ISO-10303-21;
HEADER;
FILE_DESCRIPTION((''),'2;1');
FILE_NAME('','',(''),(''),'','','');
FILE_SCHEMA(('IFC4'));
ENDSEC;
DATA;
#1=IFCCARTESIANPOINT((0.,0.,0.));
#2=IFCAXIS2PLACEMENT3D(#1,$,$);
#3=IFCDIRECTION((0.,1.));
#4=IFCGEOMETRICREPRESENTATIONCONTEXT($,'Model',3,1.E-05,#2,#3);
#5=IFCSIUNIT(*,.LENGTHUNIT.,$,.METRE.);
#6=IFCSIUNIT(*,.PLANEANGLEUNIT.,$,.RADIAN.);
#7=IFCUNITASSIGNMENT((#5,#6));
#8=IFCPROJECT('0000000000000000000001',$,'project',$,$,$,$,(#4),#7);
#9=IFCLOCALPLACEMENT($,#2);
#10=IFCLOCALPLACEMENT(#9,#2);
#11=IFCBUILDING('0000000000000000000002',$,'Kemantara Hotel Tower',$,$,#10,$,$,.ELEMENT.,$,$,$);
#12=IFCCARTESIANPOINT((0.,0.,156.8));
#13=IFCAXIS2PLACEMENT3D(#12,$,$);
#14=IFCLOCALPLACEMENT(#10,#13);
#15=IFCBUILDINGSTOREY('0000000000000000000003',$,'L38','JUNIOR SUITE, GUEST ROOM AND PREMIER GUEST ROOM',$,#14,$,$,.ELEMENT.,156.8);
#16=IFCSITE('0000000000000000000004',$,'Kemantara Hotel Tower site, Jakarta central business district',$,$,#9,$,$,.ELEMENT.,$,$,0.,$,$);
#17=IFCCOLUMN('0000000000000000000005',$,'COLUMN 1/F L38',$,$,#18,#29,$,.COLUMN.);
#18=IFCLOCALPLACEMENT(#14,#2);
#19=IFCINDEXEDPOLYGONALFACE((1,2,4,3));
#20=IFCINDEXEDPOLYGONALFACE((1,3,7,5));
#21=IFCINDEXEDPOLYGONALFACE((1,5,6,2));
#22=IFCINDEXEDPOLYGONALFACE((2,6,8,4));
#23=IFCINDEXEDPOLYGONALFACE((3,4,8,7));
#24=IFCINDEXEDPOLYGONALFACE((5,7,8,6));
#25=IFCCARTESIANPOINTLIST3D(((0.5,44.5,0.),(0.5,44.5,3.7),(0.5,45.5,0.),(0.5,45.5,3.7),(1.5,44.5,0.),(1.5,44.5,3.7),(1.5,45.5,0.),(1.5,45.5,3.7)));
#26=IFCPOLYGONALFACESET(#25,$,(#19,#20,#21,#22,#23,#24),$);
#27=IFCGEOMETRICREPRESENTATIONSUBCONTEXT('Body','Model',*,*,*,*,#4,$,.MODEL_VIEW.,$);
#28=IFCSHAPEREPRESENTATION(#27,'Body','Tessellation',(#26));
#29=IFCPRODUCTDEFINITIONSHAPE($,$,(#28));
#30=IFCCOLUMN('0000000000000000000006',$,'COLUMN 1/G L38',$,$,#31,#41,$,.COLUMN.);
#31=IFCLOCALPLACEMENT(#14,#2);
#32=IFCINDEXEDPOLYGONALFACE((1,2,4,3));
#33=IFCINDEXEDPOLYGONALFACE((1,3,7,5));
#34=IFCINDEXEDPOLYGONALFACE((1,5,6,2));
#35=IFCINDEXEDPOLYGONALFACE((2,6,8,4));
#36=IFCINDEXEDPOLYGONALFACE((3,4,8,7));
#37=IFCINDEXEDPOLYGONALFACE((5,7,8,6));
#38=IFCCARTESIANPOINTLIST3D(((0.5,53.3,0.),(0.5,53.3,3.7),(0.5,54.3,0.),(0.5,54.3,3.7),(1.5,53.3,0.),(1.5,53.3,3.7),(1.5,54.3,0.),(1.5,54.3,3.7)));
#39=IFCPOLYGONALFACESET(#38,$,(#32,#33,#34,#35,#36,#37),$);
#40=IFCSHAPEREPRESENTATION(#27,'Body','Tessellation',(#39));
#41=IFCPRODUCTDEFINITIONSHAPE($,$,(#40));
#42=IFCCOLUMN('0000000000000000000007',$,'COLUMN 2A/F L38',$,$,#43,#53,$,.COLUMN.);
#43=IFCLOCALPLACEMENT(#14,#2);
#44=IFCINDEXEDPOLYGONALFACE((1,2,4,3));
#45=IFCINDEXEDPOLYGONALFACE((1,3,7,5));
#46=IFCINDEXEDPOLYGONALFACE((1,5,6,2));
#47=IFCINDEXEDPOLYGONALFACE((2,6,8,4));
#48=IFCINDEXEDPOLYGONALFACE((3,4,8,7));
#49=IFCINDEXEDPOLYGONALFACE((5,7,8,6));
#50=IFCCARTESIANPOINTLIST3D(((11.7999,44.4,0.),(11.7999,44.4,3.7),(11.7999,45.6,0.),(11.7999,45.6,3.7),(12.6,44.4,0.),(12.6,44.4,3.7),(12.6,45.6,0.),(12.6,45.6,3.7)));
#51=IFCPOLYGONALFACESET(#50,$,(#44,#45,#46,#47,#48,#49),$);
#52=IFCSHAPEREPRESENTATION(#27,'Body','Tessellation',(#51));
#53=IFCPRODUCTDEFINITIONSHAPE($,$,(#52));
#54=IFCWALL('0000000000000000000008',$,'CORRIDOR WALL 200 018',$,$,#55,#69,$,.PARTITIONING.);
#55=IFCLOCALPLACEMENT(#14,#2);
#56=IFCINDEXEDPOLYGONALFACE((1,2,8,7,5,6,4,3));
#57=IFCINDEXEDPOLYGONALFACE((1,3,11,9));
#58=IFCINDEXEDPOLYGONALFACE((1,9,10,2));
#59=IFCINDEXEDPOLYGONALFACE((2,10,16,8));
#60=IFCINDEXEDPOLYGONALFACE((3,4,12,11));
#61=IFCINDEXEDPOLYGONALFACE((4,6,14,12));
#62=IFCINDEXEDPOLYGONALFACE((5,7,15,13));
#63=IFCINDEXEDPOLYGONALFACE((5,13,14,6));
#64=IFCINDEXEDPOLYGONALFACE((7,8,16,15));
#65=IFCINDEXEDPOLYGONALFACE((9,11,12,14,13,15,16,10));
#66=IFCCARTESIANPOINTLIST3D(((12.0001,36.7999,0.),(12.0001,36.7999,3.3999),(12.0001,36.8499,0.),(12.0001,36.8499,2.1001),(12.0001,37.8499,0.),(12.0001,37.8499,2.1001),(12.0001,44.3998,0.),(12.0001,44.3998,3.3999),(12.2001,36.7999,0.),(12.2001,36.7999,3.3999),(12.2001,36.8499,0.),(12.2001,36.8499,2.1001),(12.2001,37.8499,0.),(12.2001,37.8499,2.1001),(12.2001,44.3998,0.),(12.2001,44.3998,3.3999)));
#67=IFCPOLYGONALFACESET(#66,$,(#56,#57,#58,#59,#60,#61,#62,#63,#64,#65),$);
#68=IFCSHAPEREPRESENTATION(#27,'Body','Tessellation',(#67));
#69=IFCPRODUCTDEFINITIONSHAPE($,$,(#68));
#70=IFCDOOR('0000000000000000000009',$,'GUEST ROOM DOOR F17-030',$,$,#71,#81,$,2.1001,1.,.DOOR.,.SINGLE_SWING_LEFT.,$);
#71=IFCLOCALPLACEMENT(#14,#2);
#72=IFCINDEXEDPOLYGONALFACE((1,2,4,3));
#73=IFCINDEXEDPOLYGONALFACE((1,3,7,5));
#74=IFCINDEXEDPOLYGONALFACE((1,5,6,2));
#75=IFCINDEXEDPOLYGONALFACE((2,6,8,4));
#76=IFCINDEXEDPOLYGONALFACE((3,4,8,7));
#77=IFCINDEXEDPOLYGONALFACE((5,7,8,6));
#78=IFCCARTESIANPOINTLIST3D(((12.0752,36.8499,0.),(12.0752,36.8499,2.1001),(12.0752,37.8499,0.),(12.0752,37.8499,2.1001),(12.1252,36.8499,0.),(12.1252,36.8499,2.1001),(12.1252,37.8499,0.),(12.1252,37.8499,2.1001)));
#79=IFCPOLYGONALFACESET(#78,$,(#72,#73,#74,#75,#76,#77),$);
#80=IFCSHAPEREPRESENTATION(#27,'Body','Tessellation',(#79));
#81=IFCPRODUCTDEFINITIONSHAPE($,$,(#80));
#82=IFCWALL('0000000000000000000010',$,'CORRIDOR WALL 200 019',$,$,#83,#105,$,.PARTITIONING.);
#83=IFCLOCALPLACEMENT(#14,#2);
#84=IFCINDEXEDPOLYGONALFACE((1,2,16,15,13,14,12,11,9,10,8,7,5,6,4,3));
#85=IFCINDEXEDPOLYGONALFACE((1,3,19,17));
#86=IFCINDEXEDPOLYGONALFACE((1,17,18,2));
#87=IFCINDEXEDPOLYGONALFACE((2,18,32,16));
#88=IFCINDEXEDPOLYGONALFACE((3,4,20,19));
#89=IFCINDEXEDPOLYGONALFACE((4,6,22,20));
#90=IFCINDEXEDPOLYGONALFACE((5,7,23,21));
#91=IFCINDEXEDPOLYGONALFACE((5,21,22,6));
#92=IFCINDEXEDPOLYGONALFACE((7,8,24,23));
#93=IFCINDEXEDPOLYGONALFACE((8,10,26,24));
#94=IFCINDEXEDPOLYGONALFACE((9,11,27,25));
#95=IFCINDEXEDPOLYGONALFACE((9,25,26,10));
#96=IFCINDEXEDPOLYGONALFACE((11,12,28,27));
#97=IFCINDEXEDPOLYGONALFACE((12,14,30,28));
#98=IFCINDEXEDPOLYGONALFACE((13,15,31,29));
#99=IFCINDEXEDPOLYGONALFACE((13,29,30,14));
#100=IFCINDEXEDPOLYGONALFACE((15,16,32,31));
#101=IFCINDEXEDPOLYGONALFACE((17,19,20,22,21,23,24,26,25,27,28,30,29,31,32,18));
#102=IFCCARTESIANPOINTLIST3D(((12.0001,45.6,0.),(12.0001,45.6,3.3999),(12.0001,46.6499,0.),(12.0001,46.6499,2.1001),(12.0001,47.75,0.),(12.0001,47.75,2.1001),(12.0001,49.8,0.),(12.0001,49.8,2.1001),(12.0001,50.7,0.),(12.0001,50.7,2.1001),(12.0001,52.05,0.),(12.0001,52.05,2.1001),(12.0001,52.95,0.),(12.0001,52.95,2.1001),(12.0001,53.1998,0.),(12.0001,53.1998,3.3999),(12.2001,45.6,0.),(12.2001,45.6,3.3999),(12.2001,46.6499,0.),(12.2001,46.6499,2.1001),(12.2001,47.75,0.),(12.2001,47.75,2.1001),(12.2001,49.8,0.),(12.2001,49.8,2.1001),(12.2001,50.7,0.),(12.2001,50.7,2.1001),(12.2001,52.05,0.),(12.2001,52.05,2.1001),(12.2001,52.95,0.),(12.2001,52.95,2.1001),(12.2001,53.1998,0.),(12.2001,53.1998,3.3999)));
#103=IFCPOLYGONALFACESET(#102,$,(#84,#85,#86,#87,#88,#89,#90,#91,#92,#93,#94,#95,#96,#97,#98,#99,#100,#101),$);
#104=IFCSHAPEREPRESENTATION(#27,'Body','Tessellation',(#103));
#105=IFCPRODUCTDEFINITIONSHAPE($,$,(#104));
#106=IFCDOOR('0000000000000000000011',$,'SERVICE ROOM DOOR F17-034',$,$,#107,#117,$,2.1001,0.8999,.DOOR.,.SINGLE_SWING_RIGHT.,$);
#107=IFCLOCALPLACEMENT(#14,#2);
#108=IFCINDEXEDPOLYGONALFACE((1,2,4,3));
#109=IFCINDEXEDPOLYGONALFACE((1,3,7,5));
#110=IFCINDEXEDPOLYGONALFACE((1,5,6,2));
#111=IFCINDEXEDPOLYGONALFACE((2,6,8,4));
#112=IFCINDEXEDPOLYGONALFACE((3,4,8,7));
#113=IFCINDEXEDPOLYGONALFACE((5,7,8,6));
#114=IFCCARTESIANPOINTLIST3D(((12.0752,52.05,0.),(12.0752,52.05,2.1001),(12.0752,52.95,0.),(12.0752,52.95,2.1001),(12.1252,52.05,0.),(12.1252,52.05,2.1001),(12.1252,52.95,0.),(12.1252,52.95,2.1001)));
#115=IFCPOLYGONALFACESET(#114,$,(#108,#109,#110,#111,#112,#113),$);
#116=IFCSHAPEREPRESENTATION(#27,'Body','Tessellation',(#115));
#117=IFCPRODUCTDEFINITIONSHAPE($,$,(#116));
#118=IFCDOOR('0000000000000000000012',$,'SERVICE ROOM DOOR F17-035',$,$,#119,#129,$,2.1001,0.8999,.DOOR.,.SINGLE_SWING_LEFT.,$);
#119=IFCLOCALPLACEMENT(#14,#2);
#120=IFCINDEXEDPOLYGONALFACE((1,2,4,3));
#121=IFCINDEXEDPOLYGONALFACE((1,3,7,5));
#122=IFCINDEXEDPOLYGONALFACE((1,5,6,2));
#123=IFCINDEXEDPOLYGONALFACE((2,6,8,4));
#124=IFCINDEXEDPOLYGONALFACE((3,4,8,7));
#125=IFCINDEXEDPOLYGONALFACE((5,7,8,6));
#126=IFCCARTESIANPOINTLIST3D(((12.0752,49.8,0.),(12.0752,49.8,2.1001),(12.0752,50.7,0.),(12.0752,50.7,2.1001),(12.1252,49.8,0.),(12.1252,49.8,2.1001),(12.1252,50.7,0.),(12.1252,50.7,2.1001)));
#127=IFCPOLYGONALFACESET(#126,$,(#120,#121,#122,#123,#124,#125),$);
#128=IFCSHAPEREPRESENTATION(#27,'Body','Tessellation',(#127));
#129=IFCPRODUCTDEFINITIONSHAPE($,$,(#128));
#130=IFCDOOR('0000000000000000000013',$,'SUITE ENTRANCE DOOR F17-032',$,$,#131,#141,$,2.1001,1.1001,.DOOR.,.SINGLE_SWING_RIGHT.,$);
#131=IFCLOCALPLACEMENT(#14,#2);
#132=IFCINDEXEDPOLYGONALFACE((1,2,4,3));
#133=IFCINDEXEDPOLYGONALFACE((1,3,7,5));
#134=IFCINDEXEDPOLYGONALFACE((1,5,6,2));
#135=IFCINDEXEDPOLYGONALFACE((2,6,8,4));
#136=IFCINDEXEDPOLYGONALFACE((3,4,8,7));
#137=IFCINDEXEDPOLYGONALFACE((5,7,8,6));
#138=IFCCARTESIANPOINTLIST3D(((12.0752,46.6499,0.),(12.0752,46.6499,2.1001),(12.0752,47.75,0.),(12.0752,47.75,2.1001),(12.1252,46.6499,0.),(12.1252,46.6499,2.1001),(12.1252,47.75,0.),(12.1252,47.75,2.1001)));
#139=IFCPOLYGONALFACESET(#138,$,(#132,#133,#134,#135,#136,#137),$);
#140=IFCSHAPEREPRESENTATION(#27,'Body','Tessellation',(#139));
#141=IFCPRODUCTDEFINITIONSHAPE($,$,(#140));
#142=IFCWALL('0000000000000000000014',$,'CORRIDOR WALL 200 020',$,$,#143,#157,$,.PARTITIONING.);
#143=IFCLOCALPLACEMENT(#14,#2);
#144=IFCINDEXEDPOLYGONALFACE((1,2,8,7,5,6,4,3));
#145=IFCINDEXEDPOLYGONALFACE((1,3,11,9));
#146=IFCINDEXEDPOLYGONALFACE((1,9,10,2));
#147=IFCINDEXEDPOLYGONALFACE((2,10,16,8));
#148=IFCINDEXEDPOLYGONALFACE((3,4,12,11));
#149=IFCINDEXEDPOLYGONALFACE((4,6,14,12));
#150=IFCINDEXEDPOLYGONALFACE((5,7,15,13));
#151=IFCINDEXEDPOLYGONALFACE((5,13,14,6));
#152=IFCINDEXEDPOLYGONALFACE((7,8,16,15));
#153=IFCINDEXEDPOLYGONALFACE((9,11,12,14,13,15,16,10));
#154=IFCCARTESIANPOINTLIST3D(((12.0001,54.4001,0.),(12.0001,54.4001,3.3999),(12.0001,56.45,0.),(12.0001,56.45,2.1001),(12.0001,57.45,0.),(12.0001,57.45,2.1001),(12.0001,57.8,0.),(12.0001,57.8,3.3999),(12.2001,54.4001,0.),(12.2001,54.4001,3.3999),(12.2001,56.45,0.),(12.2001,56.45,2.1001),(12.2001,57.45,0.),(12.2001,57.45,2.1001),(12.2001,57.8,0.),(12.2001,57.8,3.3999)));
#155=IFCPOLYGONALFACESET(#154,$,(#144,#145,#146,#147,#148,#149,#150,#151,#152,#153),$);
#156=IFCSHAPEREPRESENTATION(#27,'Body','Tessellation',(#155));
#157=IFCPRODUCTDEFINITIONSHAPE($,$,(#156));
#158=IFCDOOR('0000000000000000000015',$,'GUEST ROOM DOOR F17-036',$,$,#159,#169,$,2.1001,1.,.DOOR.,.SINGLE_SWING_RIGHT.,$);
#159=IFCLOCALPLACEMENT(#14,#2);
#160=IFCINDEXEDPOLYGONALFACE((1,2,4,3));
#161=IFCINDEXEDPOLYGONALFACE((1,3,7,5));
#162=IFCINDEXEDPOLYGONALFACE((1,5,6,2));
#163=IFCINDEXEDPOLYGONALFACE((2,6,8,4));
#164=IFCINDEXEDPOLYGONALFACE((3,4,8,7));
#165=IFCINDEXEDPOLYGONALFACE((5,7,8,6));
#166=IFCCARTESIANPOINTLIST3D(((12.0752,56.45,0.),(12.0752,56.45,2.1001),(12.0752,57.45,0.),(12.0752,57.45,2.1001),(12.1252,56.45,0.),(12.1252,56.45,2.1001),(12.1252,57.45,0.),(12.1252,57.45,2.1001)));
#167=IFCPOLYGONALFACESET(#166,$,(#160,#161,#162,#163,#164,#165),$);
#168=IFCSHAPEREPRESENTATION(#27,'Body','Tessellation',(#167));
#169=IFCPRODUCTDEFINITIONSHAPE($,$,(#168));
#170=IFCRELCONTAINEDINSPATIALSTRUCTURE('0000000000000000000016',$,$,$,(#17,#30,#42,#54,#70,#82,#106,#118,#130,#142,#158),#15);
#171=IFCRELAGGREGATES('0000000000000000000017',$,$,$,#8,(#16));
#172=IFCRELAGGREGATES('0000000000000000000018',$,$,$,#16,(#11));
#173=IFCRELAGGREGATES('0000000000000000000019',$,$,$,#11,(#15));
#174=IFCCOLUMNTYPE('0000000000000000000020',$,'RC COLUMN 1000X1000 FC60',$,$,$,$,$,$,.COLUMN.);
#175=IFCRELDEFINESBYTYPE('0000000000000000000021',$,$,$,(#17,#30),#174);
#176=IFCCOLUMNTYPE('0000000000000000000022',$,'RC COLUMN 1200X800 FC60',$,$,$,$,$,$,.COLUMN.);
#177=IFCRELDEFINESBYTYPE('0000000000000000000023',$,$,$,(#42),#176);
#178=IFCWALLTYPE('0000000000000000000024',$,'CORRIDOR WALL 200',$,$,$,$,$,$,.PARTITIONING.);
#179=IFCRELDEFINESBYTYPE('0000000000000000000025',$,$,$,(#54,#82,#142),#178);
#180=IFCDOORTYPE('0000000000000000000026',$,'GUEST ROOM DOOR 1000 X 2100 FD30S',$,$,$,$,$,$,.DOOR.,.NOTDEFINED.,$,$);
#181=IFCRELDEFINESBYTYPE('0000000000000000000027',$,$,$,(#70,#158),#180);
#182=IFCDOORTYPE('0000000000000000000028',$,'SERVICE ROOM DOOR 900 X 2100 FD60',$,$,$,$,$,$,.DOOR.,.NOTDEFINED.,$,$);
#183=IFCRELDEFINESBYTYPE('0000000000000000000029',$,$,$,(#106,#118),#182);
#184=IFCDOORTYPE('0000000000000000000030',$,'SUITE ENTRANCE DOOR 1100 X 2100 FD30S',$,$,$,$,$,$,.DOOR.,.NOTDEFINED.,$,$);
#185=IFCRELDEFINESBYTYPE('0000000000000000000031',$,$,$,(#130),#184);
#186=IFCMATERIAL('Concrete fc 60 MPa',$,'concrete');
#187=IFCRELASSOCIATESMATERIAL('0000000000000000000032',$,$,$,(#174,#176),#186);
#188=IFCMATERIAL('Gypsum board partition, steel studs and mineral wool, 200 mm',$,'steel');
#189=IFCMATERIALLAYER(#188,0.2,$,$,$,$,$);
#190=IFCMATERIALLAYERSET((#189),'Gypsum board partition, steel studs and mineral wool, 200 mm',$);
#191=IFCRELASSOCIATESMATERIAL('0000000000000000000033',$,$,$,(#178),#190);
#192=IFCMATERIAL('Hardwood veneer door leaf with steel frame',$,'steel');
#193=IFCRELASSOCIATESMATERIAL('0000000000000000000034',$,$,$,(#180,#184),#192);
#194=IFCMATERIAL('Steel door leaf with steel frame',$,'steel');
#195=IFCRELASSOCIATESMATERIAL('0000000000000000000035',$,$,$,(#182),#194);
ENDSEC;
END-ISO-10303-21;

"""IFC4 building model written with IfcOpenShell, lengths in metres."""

from ifc_helpers import new_model, si_unit, direction, frame, frame_2d, origin, origin_2d, place, context, subcontext, project, spatial, rectangle, extrude, material, layer, layer_set, material_profile, profile_set, type_object, element, fill, save


model = new_model("IFC4")

# Units and contexts
model_context = context("Model", 3, precision=1e-05, world=origin(), true_north=direction((0.0, 1.0)))
body_context = subcontext(model_context, "Body", "Model", "MODEL_VIEW")
ifc_project = project(units=[si_unit("LENGTHUNIT", "METRE"), si_unit("PLANEANGLEUNIT", "RADIAN")], contexts=[model_context])

# Site, building, storey
site_placement = place(None, origin())
site = spatial("IfcSite", under=ifc_project, at=site_placement, Name="Kemantara Hotel Tower site, Jakarta central business district", CompositionType="ELEMENT", RefElevation=0.0)
building_placement = place(site_placement, origin())
building = spatial("IfcBuilding", under=site, at=building_placement, Name="Kemantara Hotel Tower", CompositionType="ELEMENT")
storey_placement = place(building_placement, frame((0.0, 0.0, 156.8)))
storey = spatial("IfcBuildingStorey", under=building, at=storey_placement, Name="L38", Description="JUNIOR SUITE, GUEST ROOM AND PREMIER GUEST ROOM", CompositionType="ELEMENT", Elevation=156.8)

# Columns
ifc_material_1 = material(Name="Concrete fc 60 MPa", Category="concrete")
ifc_material_profile_1 = material_profile(ifc_material_1, rectangle(XDim=1.0, YDim=1.0, at=origin_2d()), Name="RC 1000X1000")
ifc_profile_set_1 = profile_set([ifc_material_profile_1], Name="Concrete fc 60 MPa")
column_type_1 = type_object("IfcColumnType", Name="RC COLUMN 1000X1000 FC60", PredefinedType="COLUMN", material=ifc_profile_set_1)
for number, where, z_axis, x_axis, name in (
    (1, (1.0, 45.0, 0.0), (0.0, 0.0, 1.0), (1.0, 0.0, 0.0), "COLUMN 1/F L38"),
    (2, (1.0, 53.8, 0.0), (0.0, 0.0, 1.0), (1.0, 0.0, 0.0), "COLUMN 1/G L38"),
):
    element("IfcColumn", number, at=place(storey_placement, frame(where, z_axis=z_axis, x_axis=x_axis)), inside=storey, type_object=column_type_1, Name=name, PredefinedType="COLUMN", context=body_context, shape_type="SweptSolid", body=[
        extrude(rectangle(XDim=1.0, YDim=1.0, at=origin_2d()), origin(), (0.0, 0.0, 1.0), 3.7),
    ])
ifc_material_profile_2 = material_profile(ifc_material_1, rectangle(XDim=1.2, YDim=0.8, at=origin_2d()), Name="RC 1200X800")
ifc_profile_set_2 = profile_set([ifc_material_profile_2], Name="Concrete fc 60 MPa")
column_type_2 = type_object("IfcColumnType", Name="RC COLUMN 1200X800 FC60", PredefinedType="COLUMN", material=ifc_profile_set_2)
column_placement = place(storey_placement, frame((12.2, 45.0, 0.0), z_axis=(0.0, 0.0, 1.0), x_axis=(0.0, 1.0, 0.0)))
element("IfcColumn", 3, at=column_placement, inside=storey, type_object=column_type_2, Name="COLUMN 2A/F L38", PredefinedType="COLUMN", context=body_context, shape_type="SweptSolid", body=[
    extrude(rectangle(XDim=1.2, YDim=0.8, at=origin_2d()), origin(), (0.0, 0.0, 1.0), 3.7),
])

# Wall, opening, door
ifc_material_2 = material(Name="Gypsum board partition, steel studs and mineral wool, 200 mm", Category="steel")
ifc_layer_1 = layer(ifc_material_2, 0.2)
ifc_layer_set_1 = layer_set([ifc_layer_1], Name="Gypsum board partition, steel studs and mineral wool, 200 mm")
wall_type_1 = type_object("IfcWallType", Name="CORRIDOR WALL 200", PredefinedType="PARTITIONING", material=ifc_layer_set_1)
wall_1_placement = place(storey_placement, frame((12.1001, 36.8, 0.0), z_axis=(0.0, 0.0, 1.0), x_axis=(0.0, 1.0, 0.0)))
wall_1 = element("IfcWall", 4, at=wall_1_placement, inside=storey, type_object=wall_type_1, Name="CORRIDOR WALL 200 018", PredefinedType="PARTITIONING", context=body_context, shape_type="SweptSolid", body=[
    extrude(rectangle(XDim=7.5999, YDim=0.2, at=frame_2d((3.7998, 0.0))), origin(), (0.0, 0.0, 1.0), 3.3999),
])
opening_1_placement = place(wall_1_placement, frame((0.0498, 0.0, 0.0)))
opening_1 = element("IfcOpeningElement", 5, at=opening_1_placement, cuts=wall_1, PredefinedType="OPENING", context=body_context, shape_type="SweptSolid", body=[
    extrude(rectangle(XDim=1.0, YDim=2.1001, at=frame_2d((0.5, 1.05))), frame((0.0, 0.1099, 0.0), z_axis=(0.0, -1.0, 0.0), x_axis=(1.0, 0.0, 0.0)), (0.0, 0.0, 1.0), 0.22),
])
ifc_material_3 = material(Name="Hardwood veneer door leaf with steel frame", Category="steel")
door_type_1 = type_object("IfcDoorType", Name="GUEST ROOM DOOR 1000 X 2100 FD30S", OperationType="NOTDEFINED", PredefinedType="DOOR", material=ifc_material_3)
door_1_placement = place(opening_1_placement, origin())
door_1 = element("IfcDoor", 6, at=door_1_placement, inside=storey, type_object=door_type_1, Name="GUEST ROOM DOOR F17-030", OperationType="SINGLE_SWING_LEFT", OverallHeight=2.1001, OverallWidth=1.0, PredefinedType="DOOR", context=body_context, shape_type="SweptSolid", body=[
    extrude(rectangle(XDim=1.0, YDim=2.1001, at=frame_2d((0.5, 1.05))), frame((0.0, 0.0249, 0.0), z_axis=(0.0, -1.0, 0.0), x_axis=(1.0, 0.0, 0.0)), (0.0, 0.0, 1.0), 0.05),
])
fill(opening_1, door_1)

# Wall, openings, doors
wall_2_placement = place(storey_placement, frame((12.1001, 45.6001, 0.0), z_axis=(0.0, 0.0, 1.0), x_axis=(0.0, 1.0, 0.0)))
wall_2 = element("IfcWall", 7, at=wall_2_placement, inside=storey, type_object=wall_type_1, Name="CORRIDOR WALL 200 019", PredefinedType="PARTITIONING", context=body_context, shape_type="SweptSolid", body=[
    extrude(rectangle(XDim=7.5999, YDim=0.2, at=frame_2d((3.7998, 0.0))), origin(), (0.0, 0.0, 1.0), 3.3999),
])
opening_2_placement = place(wall_2_placement, frame((1.0498, 0.0, 0.0)))
opening_2 = element("IfcOpeningElement", 8, at=opening_2_placement, cuts=wall_2, PredefinedType="OPENING", context=body_context, shape_type="SweptSolid", body=[
    extrude(rectangle(XDim=1.1001, YDim=2.1001, at=frame_2d((0.55, 1.05))), frame((0.0, 0.1099, 0.0), z_axis=(0.0, -1.0, 0.0), x_axis=(1.0, 0.0, 0.0)), (0.0, 0.0, 1.0), 0.22),
])
opening_3_placement = place(wall_2_placement, frame((6.45, 0.0, 0.0)))
opening_3 = element("IfcOpeningElement", 9, at=opening_3_placement, cuts=wall_2, PredefinedType="OPENING", context=body_context, shape_type="SweptSolid", body=[
    extrude(rectangle(XDim=0.8999, YDim=2.1001, at=frame_2d((0.45, 1.05))), frame((0.0, 0.1099, 0.0), z_axis=(0.0, -1.0, 0.0), x_axis=(1.0, 0.0, 0.0)), (0.0, 0.0, 1.0), 0.22),
])
opening_4_placement = place(wall_2_placement, frame((4.2, 0.0, 0.0)))
opening_4 = element("IfcOpeningElement", 10, at=opening_4_placement, cuts=wall_2, PredefinedType="OPENING", context=body_context, shape_type="SweptSolid", body=[
    extrude(rectangle(XDim=0.8999, YDim=2.1001, at=frame_2d((0.45, 1.05))), frame((0.0, 0.1099, 0.0), z_axis=(0.0, -1.0, 0.0), x_axis=(1.0, 0.0, 0.0)), (0.0, 0.0, 1.0), 0.22),
])
ifc_material_4 = material(Name="Steel door leaf with steel frame", Category="steel")
door_type_2 = type_object("IfcDoorType", Name="SERVICE ROOM DOOR 900 X 2100 FD60", OperationType="NOTDEFINED", PredefinedType="DOOR", material=ifc_material_4)
door_2_placement = place(opening_3_placement, origin())
door_2 = element("IfcDoor", 11, at=door_2_placement, inside=storey, type_object=door_type_2, Name="SERVICE ROOM DOOR F17-034", OperationType="SINGLE_SWING_RIGHT", OverallHeight=2.1001, OverallWidth=0.8999, PredefinedType="DOOR", context=body_context, shape_type="SweptSolid", body=[
    extrude(rectangle(XDim=0.8999, YDim=2.1001, at=frame_2d((0.45, 1.05))), frame((0.0, 0.0249, 0.0), z_axis=(0.0, -1.0, 0.0), x_axis=(1.0, 0.0, 0.0)), (0.0, 0.0, 1.0), 0.05),
])
fill(opening_3, door_2)
door_3_placement = place(opening_4_placement, origin())
door_3 = element("IfcDoor", 12, at=door_3_placement, inside=storey, type_object=door_type_2, Name="SERVICE ROOM DOOR F17-035", OperationType="SINGLE_SWING_LEFT", OverallHeight=2.1001, OverallWidth=0.8999, PredefinedType="DOOR", context=body_context, shape_type="SweptSolid", body=[
    extrude(rectangle(XDim=0.8999, YDim=2.1001, at=frame_2d((0.45, 1.05))), frame((0.0, 0.0249, 0.0), z_axis=(0.0, -1.0, 0.0), x_axis=(1.0, 0.0, 0.0)), (0.0, 0.0, 1.0), 0.05),
])
fill(opening_4, door_3)
door_type_3 = type_object("IfcDoorType", Name="SUITE ENTRANCE DOOR 1100 X 2100 FD30S", OperationType="NOTDEFINED", PredefinedType="DOOR", material=ifc_material_3)
door_4_placement = place(opening_2_placement, origin())
door_4 = element("IfcDoor", 13, at=door_4_placement, inside=storey, type_object=door_type_3, Name="SUITE ENTRANCE DOOR F17-032", OperationType="SINGLE_SWING_RIGHT", OverallHeight=2.1001, OverallWidth=1.1001, PredefinedType="DOOR", context=body_context, shape_type="SweptSolid", body=[
    extrude(rectangle(XDim=1.1001, YDim=2.1001, at=frame_2d((0.55, 1.05))), frame((0.0, 0.0249, 0.0), z_axis=(0.0, -1.0, 0.0), x_axis=(1.0, 0.0, 0.0)), (0.0, 0.0, 1.0), 0.05),
])
fill(opening_2, door_4)

# Wall, opening, door
wall_3_placement = place(storey_placement, frame((12.1001, 54.4001, 0.0), z_axis=(0.0, 0.0, 1.0), x_axis=(0.0, 1.0, 0.0)))
wall_3 = element("IfcWall", 14, at=wall_3_placement, inside=storey, type_object=wall_type_1, Name="CORRIDOR WALL 200 020", PredefinedType="PARTITIONING", context=body_context, shape_type="SweptSolid", body=[
    extrude(rectangle(XDim=3.3999, YDim=0.2, at=frame_2d((1.7, 0.0))), origin(), (0.0, 0.0, 1.0), 3.3999),
])
opening_5_placement = place(wall_3_placement, frame((2.0498, 0.0, 0.0)))
opening_5 = element("IfcOpeningElement", 15, at=opening_5_placement, cuts=wall_3, PredefinedType="OPENING", context=body_context, shape_type="SweptSolid", body=[
    extrude(rectangle(XDim=1.0, YDim=2.1001, at=frame_2d((0.5, 1.05))), frame((0.0, 0.1099, 0.0), z_axis=(0.0, -1.0, 0.0), x_axis=(1.0, 0.0, 0.0)), (0.0, 0.0, 1.0), 0.22),
])
door_5_placement = place(opening_5_placement, origin())
door_5 = element("IfcDoor", 16, at=door_5_placement, inside=storey, type_object=door_type_1, Name="GUEST ROOM DOOR F17-036", OperationType="SINGLE_SWING_RIGHT", OverallHeight=2.1001, OverallWidth=1.0, PredefinedType="DOOR", context=body_context, shape_type="SweptSolid", body=[
    extrude(rectangle(XDim=1.0, YDim=2.1001, at=frame_2d((0.5, 1.05))), frame((0.0, 0.0249, 0.0), z_axis=(0.0, -1.0, 0.0), x_axis=(1.0, 0.0, 0.0)), (0.0, 0.0, 1.0), 0.05),
])
fill(opening_5, door_5)

save(model, "model.ifc")
